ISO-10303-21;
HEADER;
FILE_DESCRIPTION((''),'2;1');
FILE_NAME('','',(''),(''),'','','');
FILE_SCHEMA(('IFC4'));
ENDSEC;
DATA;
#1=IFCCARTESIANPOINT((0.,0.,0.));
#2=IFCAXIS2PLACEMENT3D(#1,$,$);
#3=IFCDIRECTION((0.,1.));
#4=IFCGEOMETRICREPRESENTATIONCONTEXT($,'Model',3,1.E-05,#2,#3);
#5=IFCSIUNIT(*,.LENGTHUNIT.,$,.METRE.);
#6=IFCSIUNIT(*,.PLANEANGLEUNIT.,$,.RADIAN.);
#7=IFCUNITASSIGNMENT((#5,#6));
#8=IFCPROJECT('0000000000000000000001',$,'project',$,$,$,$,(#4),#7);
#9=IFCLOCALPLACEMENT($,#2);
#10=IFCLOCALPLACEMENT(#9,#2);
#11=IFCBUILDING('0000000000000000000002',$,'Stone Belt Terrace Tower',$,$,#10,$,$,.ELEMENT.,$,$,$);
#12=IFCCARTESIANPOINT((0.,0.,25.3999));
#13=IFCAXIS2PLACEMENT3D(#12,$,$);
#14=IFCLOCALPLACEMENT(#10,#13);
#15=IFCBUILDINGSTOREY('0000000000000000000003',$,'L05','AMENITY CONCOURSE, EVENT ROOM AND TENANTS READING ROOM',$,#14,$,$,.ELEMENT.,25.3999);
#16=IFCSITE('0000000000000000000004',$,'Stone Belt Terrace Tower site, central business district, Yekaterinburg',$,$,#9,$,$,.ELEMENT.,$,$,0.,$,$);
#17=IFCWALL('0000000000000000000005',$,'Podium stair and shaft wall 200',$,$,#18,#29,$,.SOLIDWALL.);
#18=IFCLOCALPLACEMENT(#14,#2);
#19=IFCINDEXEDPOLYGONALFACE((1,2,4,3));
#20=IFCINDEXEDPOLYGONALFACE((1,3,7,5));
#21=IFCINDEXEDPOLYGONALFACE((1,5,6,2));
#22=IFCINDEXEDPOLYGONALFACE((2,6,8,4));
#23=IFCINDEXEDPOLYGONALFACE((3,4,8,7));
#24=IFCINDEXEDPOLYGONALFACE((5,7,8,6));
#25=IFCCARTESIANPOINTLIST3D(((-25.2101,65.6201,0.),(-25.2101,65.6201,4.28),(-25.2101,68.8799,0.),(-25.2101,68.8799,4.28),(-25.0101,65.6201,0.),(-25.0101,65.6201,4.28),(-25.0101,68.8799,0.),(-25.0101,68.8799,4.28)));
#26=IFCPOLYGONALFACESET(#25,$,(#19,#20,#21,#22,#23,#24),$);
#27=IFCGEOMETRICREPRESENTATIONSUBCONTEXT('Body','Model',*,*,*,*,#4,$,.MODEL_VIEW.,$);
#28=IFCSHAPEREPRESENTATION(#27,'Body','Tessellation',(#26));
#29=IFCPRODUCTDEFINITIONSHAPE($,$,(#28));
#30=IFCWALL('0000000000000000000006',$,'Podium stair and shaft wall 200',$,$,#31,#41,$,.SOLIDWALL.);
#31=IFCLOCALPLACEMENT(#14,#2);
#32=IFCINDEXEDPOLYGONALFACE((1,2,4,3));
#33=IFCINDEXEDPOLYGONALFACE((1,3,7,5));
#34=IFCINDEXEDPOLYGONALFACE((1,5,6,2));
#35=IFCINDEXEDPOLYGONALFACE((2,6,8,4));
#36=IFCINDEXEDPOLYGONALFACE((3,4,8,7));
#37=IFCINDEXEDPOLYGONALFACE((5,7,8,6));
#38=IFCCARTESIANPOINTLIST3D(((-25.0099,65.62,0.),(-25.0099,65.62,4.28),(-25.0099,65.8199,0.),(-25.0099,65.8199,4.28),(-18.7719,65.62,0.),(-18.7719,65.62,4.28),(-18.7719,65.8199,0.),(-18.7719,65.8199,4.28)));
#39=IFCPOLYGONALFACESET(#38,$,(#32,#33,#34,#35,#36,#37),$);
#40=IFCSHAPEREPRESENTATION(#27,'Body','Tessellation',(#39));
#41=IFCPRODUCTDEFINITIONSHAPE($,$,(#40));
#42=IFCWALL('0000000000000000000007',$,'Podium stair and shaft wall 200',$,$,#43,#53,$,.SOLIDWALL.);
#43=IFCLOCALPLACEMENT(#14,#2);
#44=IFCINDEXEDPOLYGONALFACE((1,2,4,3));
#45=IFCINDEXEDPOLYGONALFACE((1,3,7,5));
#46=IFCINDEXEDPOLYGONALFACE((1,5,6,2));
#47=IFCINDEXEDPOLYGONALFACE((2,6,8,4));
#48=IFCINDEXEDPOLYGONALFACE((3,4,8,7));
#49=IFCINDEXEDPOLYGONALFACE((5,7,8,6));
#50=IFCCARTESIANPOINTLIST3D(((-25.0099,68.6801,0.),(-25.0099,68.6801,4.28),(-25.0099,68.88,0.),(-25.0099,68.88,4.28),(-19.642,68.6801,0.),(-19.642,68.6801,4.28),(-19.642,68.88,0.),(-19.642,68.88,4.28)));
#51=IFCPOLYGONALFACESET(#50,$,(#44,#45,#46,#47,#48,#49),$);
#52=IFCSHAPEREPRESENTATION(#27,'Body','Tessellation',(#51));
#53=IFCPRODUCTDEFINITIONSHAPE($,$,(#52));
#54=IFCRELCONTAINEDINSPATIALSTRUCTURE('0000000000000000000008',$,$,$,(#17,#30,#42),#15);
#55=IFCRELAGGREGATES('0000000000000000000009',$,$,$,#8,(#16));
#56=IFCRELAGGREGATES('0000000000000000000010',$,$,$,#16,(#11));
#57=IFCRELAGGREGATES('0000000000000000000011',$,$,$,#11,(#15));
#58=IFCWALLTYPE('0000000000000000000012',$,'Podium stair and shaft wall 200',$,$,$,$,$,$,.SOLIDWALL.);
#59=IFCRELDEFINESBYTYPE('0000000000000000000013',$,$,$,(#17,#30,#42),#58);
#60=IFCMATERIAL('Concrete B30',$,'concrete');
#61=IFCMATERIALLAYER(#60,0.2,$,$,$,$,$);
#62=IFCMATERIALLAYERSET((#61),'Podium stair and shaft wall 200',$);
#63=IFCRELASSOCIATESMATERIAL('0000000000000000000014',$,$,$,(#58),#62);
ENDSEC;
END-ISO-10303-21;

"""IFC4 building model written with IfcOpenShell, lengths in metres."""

from ifc_helpers import new_model, si_unit, direction, frame, frame_2d, origin, place, context, subcontext, project, spatial, rectangle, extrude, material, layer, layer_set, type_object, element, save


model = new_model("IFC4")

# Units and contexts
model_context = context("Model", 3, precision=1e-05, world=origin(), true_north=direction((0.0, 1.0)))
body_context = subcontext(model_context, "Body", "Model", "MODEL_VIEW")
ifc_project = project(units=[si_unit("LENGTHUNIT", "METRE"), si_unit("PLANEANGLEUNIT", "RADIAN")], contexts=[model_context])

# Site, building, storey
site_placement = place(None, origin())
site = spatial("IfcSite", under=ifc_project, at=site_placement, Name="Stone Belt Terrace Tower site, central business district, Yekaterinburg", CompositionType="ELEMENT", RefElevation=0.0)
building_placement = place(site_placement, origin())
building = spatial("IfcBuilding", under=site, at=building_placement, Name="Stone Belt Terrace Tower", CompositionType="ELEMENT")
storey_placement = place(building_placement, frame((0.0, 0.0, 25.3999)))
storey = spatial("IfcBuildingStorey", under=building, at=storey_placement, Name="L05", Description="AMENITY CONCOURSE, EVENT ROOM AND TENANTS READING ROOM", CompositionType="ELEMENT", Elevation=25.3999)

# Walls
ifc_material_1 = material(Name="Concrete B30", Category="concrete")
ifc_layer_1 = layer(ifc_material_1, 0.2)
ifc_layer_set_1 = layer_set([ifc_layer_1], Name="Podium stair and shaft wall 200")
wall_type_1 = type_object("IfcWallType", Name="Podium stair and shaft wall 200", PredefinedType="SOLIDWALL", material=ifc_layer_set_1)
wall_1_placement = place(storey_placement, frame((-25.1101, 65.6201, 0.0), z_axis=(0.0, 0.0, 1.0), x_axis=(0.0, 1.0, 0.0)))
element("IfcWall", 1, at=wall_1_placement, inside=storey, type_object=wall_type_1, Name="Podium stair and shaft wall 200", PredefinedType="SOLIDWALL", context=body_context, shape_type="SweptSolid", body=[
    extrude(rectangle(XDim=3.2598, YDim=0.2, at=frame_2d((1.6299, 0.0))), origin(), (0.0, 0.0, 1.0), 4.28),
])
wall_2_placement = place(storey_placement, frame((-25.01, 65.72, 0.0), z_axis=(0.0, 0.0, 1.0), x_axis=(1.0, 0.0, 0.0)))
element("IfcWall", 2, at=wall_2_placement, inside=storey, type_object=wall_type_1, Name="Podium stair and shaft wall 200", PredefinedType="SOLIDWALL", context=body_context, shape_type="SweptSolid", body=[
    extrude(rectangle(XDim=6.238, YDim=0.2, at=frame_2d((3.1191, 0.0))), origin(), (0.0, 0.0, 1.0), 4.28),
])
wall_3_placement = place(storey_placement, frame((-25.01, 68.78, 0.0), z_axis=(0.0, 0.0, 1.0), x_axis=(1.0, 0.0, 0.0)))
element("IfcWall", 3, at=wall_3_placement, inside=storey, type_object=wall_type_1, Name="Podium stair and shaft wall 200", PredefinedType="SOLIDWALL", context=body_context, shape_type="SweptSolid", body=[
    extrude(rectangle(XDim=5.3679, YDim=0.2, at=frame_2d((2.6841, 0.0))), origin(), (0.0, 0.0, 1.0), 4.28),
])

save(model, "model.ifc")
